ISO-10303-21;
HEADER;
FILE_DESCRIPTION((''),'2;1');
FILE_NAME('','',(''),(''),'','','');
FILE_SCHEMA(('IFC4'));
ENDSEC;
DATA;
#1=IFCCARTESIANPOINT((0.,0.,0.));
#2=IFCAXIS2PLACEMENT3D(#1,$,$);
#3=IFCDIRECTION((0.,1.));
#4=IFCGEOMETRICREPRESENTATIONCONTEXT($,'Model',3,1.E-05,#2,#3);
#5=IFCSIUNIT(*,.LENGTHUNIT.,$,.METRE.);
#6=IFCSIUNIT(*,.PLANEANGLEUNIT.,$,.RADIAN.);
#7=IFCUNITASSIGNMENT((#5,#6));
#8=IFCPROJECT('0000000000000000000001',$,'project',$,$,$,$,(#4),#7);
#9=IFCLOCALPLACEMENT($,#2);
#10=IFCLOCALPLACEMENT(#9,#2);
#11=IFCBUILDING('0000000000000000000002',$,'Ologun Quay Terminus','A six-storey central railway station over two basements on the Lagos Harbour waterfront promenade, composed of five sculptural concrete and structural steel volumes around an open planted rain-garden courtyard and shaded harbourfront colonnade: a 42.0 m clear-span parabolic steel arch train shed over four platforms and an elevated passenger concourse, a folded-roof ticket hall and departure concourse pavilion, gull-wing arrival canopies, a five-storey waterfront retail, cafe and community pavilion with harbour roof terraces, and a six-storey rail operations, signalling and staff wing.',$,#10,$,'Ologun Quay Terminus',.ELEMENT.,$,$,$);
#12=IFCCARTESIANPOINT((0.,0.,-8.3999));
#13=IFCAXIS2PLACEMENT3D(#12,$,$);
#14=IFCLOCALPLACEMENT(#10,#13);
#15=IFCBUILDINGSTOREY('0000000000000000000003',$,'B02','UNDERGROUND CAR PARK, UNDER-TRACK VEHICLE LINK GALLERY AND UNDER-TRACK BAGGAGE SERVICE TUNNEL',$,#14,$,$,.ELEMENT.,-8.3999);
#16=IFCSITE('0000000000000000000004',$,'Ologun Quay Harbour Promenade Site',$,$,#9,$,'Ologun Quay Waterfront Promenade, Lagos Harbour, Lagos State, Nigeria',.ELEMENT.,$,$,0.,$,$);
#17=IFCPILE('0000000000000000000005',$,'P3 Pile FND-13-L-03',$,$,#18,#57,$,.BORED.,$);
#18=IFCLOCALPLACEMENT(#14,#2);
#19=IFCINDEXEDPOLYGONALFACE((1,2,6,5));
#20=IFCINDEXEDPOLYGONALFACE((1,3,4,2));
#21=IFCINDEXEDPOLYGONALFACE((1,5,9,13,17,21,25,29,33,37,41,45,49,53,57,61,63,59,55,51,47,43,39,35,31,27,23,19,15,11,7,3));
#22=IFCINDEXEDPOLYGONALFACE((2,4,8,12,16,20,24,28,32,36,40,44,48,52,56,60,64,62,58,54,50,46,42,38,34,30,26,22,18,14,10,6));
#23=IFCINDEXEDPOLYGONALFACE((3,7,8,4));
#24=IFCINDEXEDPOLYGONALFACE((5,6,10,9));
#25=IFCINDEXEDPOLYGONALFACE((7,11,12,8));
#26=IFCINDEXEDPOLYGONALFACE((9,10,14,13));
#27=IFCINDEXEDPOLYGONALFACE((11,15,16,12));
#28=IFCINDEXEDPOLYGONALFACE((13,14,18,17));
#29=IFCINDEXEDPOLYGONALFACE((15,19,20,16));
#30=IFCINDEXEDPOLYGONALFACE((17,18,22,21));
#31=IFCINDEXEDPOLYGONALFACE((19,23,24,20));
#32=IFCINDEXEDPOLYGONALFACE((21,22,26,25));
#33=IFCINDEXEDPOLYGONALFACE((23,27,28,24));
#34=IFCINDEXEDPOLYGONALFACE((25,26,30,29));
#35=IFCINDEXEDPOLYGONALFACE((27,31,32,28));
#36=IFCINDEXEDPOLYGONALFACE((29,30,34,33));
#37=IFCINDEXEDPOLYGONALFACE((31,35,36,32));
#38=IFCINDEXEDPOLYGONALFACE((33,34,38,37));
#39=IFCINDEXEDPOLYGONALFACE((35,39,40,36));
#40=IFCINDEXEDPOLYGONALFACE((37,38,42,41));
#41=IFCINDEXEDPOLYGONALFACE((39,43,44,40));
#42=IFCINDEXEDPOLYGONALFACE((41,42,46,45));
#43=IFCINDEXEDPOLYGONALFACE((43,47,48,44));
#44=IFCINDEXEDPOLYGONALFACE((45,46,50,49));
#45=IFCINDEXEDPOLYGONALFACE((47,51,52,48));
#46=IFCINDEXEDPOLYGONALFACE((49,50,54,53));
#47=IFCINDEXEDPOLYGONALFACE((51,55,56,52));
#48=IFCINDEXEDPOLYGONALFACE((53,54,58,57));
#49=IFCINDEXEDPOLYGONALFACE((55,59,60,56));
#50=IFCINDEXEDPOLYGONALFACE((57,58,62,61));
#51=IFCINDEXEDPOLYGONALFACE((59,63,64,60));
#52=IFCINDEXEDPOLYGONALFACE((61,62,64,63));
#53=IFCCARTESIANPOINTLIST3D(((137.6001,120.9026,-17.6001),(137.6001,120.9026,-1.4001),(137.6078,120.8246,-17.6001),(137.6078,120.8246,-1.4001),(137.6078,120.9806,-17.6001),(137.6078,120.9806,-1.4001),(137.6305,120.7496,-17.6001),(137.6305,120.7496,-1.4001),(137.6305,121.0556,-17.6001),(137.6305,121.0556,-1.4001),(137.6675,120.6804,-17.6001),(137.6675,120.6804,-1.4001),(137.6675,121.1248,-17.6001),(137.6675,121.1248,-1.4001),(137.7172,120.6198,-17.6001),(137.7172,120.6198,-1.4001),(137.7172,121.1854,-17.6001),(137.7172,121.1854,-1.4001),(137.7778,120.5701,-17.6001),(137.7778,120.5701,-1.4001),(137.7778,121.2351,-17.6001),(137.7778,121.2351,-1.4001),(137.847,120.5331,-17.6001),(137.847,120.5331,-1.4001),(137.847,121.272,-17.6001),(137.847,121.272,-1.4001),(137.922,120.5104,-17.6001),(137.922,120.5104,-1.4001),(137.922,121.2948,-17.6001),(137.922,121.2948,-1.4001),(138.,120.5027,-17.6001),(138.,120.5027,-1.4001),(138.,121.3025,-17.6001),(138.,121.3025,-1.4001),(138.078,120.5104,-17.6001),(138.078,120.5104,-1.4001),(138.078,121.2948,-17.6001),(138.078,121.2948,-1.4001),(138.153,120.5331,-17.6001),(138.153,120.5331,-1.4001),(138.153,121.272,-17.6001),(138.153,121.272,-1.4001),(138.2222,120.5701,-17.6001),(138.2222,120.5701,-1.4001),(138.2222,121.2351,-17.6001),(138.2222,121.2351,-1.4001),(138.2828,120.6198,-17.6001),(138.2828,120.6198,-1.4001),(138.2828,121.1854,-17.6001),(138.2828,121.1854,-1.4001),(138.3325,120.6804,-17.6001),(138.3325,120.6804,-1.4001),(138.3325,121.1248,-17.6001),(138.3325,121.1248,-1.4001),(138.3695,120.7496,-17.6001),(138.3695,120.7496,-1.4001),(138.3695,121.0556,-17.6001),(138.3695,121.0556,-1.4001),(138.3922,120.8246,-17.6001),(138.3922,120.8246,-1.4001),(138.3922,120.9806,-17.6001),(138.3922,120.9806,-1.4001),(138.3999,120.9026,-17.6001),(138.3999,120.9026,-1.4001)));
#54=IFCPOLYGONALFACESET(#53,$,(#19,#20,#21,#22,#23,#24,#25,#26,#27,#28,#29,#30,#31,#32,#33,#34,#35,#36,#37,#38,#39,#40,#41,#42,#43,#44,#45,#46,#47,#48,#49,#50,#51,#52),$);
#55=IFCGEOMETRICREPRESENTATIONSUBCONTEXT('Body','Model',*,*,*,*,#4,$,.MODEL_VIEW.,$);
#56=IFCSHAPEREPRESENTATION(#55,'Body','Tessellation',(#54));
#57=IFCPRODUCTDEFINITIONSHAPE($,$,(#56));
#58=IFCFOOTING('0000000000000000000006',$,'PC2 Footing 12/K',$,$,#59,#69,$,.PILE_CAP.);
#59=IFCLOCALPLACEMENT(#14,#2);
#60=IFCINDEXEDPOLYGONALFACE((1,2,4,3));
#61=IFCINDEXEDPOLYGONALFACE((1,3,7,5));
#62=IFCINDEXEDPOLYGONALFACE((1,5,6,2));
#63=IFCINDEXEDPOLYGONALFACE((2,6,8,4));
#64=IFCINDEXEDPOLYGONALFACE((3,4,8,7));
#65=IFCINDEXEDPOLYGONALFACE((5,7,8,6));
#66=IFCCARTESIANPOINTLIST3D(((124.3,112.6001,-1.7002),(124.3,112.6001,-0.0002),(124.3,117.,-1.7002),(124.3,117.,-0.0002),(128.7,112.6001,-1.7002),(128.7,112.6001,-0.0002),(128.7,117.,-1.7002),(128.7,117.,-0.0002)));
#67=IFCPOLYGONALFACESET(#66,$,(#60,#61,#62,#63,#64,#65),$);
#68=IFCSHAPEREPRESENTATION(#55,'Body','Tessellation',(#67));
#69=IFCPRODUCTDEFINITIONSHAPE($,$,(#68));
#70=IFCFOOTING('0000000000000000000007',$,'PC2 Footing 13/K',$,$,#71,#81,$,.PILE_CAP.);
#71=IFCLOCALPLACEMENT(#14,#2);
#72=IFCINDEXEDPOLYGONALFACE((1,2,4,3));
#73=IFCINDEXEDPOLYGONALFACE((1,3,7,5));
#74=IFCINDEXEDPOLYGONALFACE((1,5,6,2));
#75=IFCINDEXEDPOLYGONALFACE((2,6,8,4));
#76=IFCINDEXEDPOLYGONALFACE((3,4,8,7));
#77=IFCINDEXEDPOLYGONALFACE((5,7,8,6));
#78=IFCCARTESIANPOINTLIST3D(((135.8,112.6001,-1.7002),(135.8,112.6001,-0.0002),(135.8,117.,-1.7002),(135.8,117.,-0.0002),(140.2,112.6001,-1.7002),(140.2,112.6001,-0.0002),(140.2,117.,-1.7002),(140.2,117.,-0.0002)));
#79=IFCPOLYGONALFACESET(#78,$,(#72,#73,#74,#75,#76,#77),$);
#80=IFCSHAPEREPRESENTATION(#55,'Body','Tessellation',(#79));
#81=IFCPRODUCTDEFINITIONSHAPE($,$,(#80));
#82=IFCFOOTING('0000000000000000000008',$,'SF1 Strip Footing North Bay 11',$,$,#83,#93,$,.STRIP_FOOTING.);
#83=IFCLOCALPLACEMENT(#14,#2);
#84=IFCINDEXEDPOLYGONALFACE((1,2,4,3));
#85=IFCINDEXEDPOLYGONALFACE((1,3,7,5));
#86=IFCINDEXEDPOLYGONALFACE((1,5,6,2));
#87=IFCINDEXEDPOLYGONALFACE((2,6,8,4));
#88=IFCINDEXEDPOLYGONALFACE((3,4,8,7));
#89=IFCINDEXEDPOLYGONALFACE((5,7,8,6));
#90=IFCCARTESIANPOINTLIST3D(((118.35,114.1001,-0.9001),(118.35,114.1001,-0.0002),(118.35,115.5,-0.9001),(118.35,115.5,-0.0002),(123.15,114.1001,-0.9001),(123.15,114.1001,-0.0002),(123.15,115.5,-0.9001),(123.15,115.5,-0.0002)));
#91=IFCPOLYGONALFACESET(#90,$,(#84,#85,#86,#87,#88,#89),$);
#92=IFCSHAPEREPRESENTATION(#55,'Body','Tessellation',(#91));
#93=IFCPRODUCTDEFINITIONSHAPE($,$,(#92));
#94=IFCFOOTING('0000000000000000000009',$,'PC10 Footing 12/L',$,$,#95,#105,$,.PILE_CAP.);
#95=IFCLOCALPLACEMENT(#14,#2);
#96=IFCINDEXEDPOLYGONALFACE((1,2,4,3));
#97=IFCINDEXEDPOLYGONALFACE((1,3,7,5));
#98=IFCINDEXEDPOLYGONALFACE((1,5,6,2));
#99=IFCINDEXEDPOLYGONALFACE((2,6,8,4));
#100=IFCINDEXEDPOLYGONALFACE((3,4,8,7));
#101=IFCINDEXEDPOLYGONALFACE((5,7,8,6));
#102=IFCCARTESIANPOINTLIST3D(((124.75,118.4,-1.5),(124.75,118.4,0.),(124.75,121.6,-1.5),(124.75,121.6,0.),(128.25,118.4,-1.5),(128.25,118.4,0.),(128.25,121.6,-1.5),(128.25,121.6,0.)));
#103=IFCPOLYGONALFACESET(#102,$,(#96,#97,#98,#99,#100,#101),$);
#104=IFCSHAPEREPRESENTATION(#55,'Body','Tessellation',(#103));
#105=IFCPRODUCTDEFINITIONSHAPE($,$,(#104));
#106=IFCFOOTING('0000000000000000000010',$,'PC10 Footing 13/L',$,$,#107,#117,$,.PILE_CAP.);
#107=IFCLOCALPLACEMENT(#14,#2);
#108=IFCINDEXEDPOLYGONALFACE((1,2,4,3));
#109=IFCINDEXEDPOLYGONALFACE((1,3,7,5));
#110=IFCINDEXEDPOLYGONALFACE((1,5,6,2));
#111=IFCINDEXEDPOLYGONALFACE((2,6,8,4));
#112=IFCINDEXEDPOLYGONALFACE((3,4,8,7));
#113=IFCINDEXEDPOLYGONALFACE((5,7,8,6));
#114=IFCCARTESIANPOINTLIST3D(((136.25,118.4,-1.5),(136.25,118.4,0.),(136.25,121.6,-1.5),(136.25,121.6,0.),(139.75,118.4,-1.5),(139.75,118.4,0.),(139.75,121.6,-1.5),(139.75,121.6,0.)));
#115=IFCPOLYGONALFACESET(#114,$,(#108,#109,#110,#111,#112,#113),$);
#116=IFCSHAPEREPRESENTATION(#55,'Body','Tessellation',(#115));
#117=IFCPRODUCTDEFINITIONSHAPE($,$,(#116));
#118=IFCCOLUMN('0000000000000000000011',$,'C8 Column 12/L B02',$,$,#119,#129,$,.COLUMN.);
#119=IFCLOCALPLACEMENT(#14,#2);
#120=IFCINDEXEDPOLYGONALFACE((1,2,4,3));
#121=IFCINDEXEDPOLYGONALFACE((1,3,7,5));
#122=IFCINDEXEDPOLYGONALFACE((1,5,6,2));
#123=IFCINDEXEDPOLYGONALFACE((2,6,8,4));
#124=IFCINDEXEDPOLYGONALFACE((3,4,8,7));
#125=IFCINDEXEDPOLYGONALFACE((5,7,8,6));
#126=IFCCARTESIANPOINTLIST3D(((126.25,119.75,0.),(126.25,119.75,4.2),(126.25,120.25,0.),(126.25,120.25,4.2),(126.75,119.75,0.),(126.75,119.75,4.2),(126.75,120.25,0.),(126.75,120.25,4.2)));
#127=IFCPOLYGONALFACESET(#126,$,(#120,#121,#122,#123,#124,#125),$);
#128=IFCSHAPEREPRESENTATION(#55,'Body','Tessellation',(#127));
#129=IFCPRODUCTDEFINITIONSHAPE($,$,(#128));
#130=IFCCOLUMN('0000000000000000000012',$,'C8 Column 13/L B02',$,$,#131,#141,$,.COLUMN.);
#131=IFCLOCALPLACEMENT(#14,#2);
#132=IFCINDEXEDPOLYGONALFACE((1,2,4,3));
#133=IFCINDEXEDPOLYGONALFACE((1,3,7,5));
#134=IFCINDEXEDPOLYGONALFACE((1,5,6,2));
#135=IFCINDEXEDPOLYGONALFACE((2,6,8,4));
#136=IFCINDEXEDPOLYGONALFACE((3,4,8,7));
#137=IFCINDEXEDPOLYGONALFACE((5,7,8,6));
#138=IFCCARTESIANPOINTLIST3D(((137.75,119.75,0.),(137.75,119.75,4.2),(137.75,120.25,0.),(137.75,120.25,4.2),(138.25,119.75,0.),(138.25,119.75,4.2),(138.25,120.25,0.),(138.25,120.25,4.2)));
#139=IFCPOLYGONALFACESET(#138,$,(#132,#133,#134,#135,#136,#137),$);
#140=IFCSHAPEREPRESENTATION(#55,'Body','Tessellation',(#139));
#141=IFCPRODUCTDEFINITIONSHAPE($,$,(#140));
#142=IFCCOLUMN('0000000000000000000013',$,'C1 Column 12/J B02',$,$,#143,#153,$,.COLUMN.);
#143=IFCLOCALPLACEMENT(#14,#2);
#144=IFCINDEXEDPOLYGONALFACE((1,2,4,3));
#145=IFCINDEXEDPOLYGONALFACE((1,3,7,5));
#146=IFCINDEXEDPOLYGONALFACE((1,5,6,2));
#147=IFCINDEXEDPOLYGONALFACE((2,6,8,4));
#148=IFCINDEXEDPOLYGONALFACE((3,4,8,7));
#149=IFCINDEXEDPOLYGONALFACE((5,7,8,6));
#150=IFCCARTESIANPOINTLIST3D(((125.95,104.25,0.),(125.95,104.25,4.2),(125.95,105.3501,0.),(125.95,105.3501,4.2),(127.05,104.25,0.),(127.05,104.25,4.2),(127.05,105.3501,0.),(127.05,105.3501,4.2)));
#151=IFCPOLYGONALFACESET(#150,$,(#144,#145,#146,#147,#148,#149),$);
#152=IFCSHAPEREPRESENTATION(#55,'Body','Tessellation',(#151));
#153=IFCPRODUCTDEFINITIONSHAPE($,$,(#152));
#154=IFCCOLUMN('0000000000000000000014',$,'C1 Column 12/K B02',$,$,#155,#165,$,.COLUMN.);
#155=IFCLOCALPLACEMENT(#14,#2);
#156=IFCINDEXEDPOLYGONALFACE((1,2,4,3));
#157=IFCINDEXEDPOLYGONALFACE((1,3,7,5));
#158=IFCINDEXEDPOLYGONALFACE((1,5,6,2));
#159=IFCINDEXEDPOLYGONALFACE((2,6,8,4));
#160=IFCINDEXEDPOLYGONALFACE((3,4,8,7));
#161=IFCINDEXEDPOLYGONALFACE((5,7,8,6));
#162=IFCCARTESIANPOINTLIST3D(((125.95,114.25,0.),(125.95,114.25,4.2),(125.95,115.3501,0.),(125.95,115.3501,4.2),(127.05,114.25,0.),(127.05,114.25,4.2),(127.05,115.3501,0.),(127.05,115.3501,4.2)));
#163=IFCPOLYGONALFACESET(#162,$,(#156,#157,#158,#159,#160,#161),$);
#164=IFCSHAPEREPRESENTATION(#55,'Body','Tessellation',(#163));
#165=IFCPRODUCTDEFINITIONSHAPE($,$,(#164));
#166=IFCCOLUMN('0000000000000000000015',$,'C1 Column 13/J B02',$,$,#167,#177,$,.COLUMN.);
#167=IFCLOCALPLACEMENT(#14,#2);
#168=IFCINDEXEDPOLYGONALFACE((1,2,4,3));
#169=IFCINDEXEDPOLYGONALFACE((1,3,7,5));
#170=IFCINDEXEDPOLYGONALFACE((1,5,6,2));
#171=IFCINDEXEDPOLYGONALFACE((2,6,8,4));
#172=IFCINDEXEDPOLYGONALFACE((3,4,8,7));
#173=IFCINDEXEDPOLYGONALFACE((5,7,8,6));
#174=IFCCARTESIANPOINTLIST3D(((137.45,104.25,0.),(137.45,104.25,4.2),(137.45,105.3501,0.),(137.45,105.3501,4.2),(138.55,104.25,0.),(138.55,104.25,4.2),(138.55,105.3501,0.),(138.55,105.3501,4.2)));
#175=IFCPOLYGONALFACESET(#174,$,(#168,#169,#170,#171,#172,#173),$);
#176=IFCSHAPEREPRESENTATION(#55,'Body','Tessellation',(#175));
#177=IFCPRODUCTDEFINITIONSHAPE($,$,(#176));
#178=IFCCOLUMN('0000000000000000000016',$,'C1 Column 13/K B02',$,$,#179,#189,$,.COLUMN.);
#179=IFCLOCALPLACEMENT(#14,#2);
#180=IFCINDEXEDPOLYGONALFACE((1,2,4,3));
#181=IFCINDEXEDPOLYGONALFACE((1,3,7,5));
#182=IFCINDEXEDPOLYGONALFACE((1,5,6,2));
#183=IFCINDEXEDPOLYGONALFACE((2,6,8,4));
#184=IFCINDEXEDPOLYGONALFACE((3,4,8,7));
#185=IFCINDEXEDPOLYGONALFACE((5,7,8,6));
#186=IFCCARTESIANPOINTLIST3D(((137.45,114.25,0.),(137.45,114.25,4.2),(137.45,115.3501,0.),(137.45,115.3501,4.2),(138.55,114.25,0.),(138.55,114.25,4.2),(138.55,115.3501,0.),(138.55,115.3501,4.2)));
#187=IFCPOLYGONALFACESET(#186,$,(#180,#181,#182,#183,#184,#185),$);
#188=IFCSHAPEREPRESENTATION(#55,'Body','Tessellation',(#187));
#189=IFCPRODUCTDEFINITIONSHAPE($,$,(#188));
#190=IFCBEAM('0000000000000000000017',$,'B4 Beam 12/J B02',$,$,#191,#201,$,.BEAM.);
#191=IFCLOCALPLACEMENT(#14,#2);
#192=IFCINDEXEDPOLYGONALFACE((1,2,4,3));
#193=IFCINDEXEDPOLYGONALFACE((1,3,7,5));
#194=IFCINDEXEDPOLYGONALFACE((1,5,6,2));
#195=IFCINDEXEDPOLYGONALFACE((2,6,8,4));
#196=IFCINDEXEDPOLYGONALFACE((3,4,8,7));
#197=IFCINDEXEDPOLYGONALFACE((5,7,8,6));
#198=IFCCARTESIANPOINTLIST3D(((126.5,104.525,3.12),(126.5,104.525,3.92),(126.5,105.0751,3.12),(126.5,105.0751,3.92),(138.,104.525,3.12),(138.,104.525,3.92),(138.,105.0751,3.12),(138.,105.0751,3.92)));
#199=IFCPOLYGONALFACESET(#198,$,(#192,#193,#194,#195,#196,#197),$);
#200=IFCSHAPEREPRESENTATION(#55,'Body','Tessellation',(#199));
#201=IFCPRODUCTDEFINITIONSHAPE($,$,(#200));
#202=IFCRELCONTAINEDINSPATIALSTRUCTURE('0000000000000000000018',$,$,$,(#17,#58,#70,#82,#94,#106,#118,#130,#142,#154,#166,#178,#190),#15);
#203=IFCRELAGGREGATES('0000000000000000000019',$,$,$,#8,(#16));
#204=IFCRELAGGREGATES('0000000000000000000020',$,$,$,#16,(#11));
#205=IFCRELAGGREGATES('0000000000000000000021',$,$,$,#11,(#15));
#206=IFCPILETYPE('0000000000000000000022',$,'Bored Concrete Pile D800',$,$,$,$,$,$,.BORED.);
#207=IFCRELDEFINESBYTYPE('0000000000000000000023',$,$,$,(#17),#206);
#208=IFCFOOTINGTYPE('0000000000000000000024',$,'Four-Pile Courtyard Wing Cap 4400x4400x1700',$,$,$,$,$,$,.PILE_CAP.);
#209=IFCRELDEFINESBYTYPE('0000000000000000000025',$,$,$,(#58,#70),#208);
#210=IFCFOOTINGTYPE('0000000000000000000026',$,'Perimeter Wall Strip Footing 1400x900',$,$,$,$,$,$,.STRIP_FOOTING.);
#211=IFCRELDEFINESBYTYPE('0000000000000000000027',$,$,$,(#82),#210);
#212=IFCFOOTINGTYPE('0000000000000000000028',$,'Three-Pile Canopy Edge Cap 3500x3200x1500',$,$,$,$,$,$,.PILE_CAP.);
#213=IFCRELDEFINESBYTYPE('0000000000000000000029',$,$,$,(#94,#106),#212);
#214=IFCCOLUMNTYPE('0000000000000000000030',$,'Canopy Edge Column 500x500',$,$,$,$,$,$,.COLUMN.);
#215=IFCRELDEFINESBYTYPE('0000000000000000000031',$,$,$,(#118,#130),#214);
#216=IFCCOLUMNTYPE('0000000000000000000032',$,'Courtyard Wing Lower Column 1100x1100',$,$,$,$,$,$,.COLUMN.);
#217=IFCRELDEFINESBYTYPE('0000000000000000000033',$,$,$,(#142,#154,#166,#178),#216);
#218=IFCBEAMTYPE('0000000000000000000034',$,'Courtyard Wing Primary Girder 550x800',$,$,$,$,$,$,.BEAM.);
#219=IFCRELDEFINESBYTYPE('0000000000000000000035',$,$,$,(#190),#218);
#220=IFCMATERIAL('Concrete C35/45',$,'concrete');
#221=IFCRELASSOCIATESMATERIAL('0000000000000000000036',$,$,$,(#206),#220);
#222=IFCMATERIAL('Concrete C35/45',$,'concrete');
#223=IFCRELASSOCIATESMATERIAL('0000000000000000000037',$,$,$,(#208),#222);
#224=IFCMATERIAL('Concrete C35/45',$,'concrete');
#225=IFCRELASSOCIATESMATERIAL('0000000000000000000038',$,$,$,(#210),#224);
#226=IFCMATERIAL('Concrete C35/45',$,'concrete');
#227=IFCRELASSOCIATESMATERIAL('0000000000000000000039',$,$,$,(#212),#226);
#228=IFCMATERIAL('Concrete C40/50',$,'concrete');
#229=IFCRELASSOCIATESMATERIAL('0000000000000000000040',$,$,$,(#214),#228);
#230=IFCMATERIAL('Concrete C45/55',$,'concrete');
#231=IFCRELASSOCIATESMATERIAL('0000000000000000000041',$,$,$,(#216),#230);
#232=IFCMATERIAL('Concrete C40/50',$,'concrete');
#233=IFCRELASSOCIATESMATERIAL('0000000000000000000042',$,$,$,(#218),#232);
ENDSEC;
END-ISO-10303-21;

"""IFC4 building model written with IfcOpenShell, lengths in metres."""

from ifc_helpers import new_model, si_unit, direction, frame, origin, origin_2d, place, context, subcontext, project, spatial, rectangle, circle, extrude, material, material_profile, profile_set, type_object, element, save


model = new_model("IFC4")

# Units and contexts
model_context = context("Model", 3, precision=1e-05, world=origin(), true_north=direction((0.0, 1.0)))
body_context = subcontext(model_context, "Body", "Model", "MODEL_VIEW")
ifc_project = project(units=[si_unit("LENGTHUNIT", "METRE"), si_unit("PLANEANGLEUNIT", "RADIAN")], contexts=[model_context])

# Site, building, storey
site_placement = place(None, origin())
site = spatial("IfcSite", under=ifc_project, at=site_placement, Name="Ologun Quay Harbour Promenade Site", LongName="Ologun Quay Waterfront Promenade, Lagos Harbour, Lagos State, Nigeria", CompositionType="ELEMENT", RefElevation=0.0)
building_placement = place(site_placement, origin())
building = spatial("IfcBuilding", under=site, at=building_placement, Name="Ologun Quay Terminus", Description="A six-storey central railway station over two basements on the Lagos Harbour waterfront promenade, composed of five sculptural concrete and structural steel volumes around an open planted rain-garden courtyard and shaded harbourfront colonnade: a 42.0 m clear-span parabolic steel arch train shed over four platforms and an elevated passenger concourse, a folded-roof ticket hall and departure concourse pavilion, gull-wing arrival canopies, a five-storey waterfront retail, cafe and community pavilion with harbour roof terraces, and a six-storey rail operations, signalling and staff wing.", LongName="Ologun Quay Terminus", CompositionType="ELEMENT")
storey_placement = place(building_placement, frame((0.0, 0.0, -8.3999)))
storey = spatial("IfcBuildingStorey", under=building, at=storey_placement, Name="B02", Description="UNDERGROUND CAR PARK, UNDER-TRACK VEHICLE LINK GALLERY AND UNDER-TRACK BAGGAGE SERVICE TUNNEL", CompositionType="ELEMENT", Elevation=-8.3999)

# Pile
ifc_material_1 = material(Name="Concrete C35/45", Category="concrete")
ifc_material_profile_1 = material_profile(ifc_material_1, circle(Radius=0.3999, at=origin_2d()), Name="PILE D800")
ifc_profile_set_1 = profile_set([ifc_material_profile_1], Name="Concrete C35/45")
pile_type_1 = type_object("IfcPileType", Name="Bored Concrete Pile D800", PredefinedType="BORED", material=ifc_profile_set_1)
for number, where, z_axis, x_axis, name in (
    (1, (138.0, 120.9026, -1.4001), (0.0, 0.0, -1.0), (1.0, 0.0, 0.0), "P3 Pile FND-13-L-03"),
):
    element("IfcPile", number, at=place(storey_placement, frame(where, z_axis=z_axis, x_axis=x_axis)), inside=storey, type_object=pile_type_1, Name=name, PredefinedType="BORED", context=body_context, shape_type="SweptSolid", body=[
        extrude(circle(Radius=0.3999, at=origin_2d()), origin(), (0.0, 0.0, 1.0), 16.2),
    ])

# Footings
ifc_material_2 = material(Name="Concrete C35/45", Category="concrete")
footing_type_1 = type_object("IfcFootingType", Name="Four-Pile Courtyard Wing Cap 4400x4400x1700", PredefinedType="PILE_CAP", material=ifc_material_2)
for number, where, z_axis, x_axis, name in (
    (2, (126.5, 114.8, -1.7002), (0.0, 0.0, 1.0), (1.0, 0.0, 0.0), "PC2 Footing 12/K"),
    (3, (138.0, 114.8, -1.7002), (0.0, 0.0, 1.0), (1.0, 0.0, 0.0), "PC2 Footing 13/K"),
):
    element("IfcFooting", number, at=place(storey_placement, frame(where, z_axis=z_axis, x_axis=x_axis)), inside=storey, type_object=footing_type_1, Name=name, PredefinedType="PILE_CAP", context=body_context, shape_type="SweptSolid", body=[
        extrude(rectangle(XDim=4.3999, YDim=4.3999, at=origin_2d()), origin(), (0.0, 0.0, 1.0), 1.7),
    ])
ifc_material_3 = material(Name="Concrete C35/45", Category="concrete")
footing_type_2 = type_object("IfcFootingType", Name="Perimeter Wall Strip Footing 1400x900", PredefinedType="STRIP_FOOTING", material=ifc_material_3)
footing_placement = place(storey_placement, frame((120.75, 114.8, -0.9001), z_axis=(0.0, 0.0, 1.0), x_axis=(1.0, 0.0, 0.0)))
element("IfcFooting", 4, at=footing_placement, inside=storey, type_object=footing_type_2, Name="SF1 Strip Footing North Bay 11", PredefinedType="STRIP_FOOTING", context=body_context, shape_type="SweptSolid", body=[
    extrude(rectangle(XDim=4.8, YDim=1.3999, at=origin_2d()), origin(), (0.0, 0.0, 1.0), 0.8999),
])
ifc_material_4 = material(Name="Concrete C35/45", Category="concrete")
footing_type_3 = type_object("IfcFootingType", Name="Three-Pile Canopy Edge Cap 3500x3200x1500", PredefinedType="PILE_CAP", material=ifc_material_4)
for number, where, z_axis, x_axis, name in (
    (5, (126.5, 120.0, -1.5), (0.0, 0.0, 1.0), (1.0, 0.0, 0.0), "PC10 Footing 12/L"),
    (6, (138.0, 120.0, -1.5), (0.0, 0.0, 1.0), (1.0, 0.0, 0.0), "PC10 Footing 13/L"),
):
    element("IfcFooting", number, at=place(storey_placement, frame(where, z_axis=z_axis, x_axis=x_axis)), inside=storey, type_object=footing_type_3, Name=name, PredefinedType="PILE_CAP", context=body_context, shape_type="SweptSolid", body=[
        extrude(rectangle(XDim=3.5, YDim=3.2, at=origin_2d()), origin(), (0.0, 0.0, 1.0), 1.5),
    ])

# Columns
ifc_material_5 = material(Name="Concrete C40/50", Category="concrete")
ifc_material_profile_2 = material_profile(ifc_material_5, rectangle(XDim=0.5, YDim=0.5, at=origin_2d()), Name="RC 500x500")
ifc_profile_set_2 = profile_set([ifc_material_profile_2], Name="Concrete C40/50")
column_type_1 = type_object("IfcColumnType", Name="Canopy Edge Column 500x500", PredefinedType="COLUMN", material=ifc_profile_set_2)
for number, where, z_axis, x_axis, name in (
    (7, (126.5, 120.0, 0.0), (0.0, 0.0, 1.0), (1.0, 0.0, 0.0), "C8 Column 12/L B02"),
    (8, (138.0, 120.0, 0.0), (0.0, 0.0, 1.0), (1.0, 0.0, 0.0), "C8 Column 13/L B02"),
):
    element("IfcColumn", number, at=place(storey_placement, frame(where, z_axis=z_axis, x_axis=x_axis)), inside=storey, type_object=column_type_1, Name=name, PredefinedType="COLUMN", context=body_context, shape_type="SweptSolid", body=[
        extrude(rectangle(XDim=0.5, YDim=0.5, at=origin_2d()), origin(), (0.0, 0.0, 1.0), 4.2),
    ])
ifc_material_6 = material(Name="Concrete C45/55", Category="concrete")
ifc_material_profile_3 = material_profile(ifc_material_6, rectangle(XDim=1.1001, YDim=1.1001, at=origin_2d()), Name="RC 1100x1100")
ifc_profile_set_3 = profile_set([ifc_material_profile_3], Name="Concrete C45/55")
column_type_2 = type_object("IfcColumnType", Name="Courtyard Wing Lower Column 1100x1100", PredefinedType="COLUMN", material=ifc_profile_set_3)
for number, where, z_axis, x_axis, name in (
    (9, (126.5, 104.8, 0.0), (0.0, 0.0, 1.0), (1.0, 0.0, 0.0), "C1 Column 12/J B02"),
    (10, (126.5, 114.8, 0.0), (0.0, 0.0, 1.0), (1.0, 0.0, 0.0), "C1 Column 12/K B02"),
    (11, (138.0, 104.8, 0.0), (0.0, 0.0, 1.0), (1.0, 0.0, 0.0), "C1 Column 13/J B02"),
    (12, (138.0, 114.8, 0.0), (0.0, 0.0, 1.0), (1.0, 0.0, 0.0), "C1 Column 13/K B02"),
):
    element("IfcColumn", number, at=place(storey_placement, frame(where, z_axis=z_axis, x_axis=x_axis)), inside=storey, type_object=column_type_2, Name=name, PredefinedType="COLUMN", context=body_context, shape_type="SweptSolid", body=[
        extrude(rectangle(XDim=1.1001, YDim=1.1001, at=origin_2d()), origin(), (0.0, 0.0, 1.0), 4.2),
    ])

# Beam
ifc_material_7 = material(Name="Concrete C40/50", Category="concrete")
ifc_material_profile_4 = material_profile(ifc_material_7, rectangle(XDim=0.55, YDim=0.8, at=origin_2d()), Name="RC 550x800")
ifc_profile_set_4 = profile_set([ifc_material_profile_4], Name="Concrete C40/50")
beam_type_1 = type_object("IfcBeamType", Name="Courtyard Wing Primary Girder 550x800", PredefinedType="BEAM", material=ifc_profile_set_4)
for number, where, z_axis, x_axis, name in (
    (13, (126.5, 104.8, 3.52), (1.0, 0.0, 0.0), (0.0, 1.0, 0.0), "B4 Beam 12/J B02"),
):
    element("IfcBeam", number, at=place(storey_placement, frame(where, z_axis=z_axis, x_axis=x_axis)), inside=storey, type_object=beam_type_1, Name=name, PredefinedType="BEAM", context=body_context, shape_type="SweptSolid", body=[
        extrude(rectangle(XDim=0.55, YDim=0.8, at=origin_2d()), origin(), (0.0, 0.0, 1.0), 11.5),
    ])

save(model, "model.ifc")
